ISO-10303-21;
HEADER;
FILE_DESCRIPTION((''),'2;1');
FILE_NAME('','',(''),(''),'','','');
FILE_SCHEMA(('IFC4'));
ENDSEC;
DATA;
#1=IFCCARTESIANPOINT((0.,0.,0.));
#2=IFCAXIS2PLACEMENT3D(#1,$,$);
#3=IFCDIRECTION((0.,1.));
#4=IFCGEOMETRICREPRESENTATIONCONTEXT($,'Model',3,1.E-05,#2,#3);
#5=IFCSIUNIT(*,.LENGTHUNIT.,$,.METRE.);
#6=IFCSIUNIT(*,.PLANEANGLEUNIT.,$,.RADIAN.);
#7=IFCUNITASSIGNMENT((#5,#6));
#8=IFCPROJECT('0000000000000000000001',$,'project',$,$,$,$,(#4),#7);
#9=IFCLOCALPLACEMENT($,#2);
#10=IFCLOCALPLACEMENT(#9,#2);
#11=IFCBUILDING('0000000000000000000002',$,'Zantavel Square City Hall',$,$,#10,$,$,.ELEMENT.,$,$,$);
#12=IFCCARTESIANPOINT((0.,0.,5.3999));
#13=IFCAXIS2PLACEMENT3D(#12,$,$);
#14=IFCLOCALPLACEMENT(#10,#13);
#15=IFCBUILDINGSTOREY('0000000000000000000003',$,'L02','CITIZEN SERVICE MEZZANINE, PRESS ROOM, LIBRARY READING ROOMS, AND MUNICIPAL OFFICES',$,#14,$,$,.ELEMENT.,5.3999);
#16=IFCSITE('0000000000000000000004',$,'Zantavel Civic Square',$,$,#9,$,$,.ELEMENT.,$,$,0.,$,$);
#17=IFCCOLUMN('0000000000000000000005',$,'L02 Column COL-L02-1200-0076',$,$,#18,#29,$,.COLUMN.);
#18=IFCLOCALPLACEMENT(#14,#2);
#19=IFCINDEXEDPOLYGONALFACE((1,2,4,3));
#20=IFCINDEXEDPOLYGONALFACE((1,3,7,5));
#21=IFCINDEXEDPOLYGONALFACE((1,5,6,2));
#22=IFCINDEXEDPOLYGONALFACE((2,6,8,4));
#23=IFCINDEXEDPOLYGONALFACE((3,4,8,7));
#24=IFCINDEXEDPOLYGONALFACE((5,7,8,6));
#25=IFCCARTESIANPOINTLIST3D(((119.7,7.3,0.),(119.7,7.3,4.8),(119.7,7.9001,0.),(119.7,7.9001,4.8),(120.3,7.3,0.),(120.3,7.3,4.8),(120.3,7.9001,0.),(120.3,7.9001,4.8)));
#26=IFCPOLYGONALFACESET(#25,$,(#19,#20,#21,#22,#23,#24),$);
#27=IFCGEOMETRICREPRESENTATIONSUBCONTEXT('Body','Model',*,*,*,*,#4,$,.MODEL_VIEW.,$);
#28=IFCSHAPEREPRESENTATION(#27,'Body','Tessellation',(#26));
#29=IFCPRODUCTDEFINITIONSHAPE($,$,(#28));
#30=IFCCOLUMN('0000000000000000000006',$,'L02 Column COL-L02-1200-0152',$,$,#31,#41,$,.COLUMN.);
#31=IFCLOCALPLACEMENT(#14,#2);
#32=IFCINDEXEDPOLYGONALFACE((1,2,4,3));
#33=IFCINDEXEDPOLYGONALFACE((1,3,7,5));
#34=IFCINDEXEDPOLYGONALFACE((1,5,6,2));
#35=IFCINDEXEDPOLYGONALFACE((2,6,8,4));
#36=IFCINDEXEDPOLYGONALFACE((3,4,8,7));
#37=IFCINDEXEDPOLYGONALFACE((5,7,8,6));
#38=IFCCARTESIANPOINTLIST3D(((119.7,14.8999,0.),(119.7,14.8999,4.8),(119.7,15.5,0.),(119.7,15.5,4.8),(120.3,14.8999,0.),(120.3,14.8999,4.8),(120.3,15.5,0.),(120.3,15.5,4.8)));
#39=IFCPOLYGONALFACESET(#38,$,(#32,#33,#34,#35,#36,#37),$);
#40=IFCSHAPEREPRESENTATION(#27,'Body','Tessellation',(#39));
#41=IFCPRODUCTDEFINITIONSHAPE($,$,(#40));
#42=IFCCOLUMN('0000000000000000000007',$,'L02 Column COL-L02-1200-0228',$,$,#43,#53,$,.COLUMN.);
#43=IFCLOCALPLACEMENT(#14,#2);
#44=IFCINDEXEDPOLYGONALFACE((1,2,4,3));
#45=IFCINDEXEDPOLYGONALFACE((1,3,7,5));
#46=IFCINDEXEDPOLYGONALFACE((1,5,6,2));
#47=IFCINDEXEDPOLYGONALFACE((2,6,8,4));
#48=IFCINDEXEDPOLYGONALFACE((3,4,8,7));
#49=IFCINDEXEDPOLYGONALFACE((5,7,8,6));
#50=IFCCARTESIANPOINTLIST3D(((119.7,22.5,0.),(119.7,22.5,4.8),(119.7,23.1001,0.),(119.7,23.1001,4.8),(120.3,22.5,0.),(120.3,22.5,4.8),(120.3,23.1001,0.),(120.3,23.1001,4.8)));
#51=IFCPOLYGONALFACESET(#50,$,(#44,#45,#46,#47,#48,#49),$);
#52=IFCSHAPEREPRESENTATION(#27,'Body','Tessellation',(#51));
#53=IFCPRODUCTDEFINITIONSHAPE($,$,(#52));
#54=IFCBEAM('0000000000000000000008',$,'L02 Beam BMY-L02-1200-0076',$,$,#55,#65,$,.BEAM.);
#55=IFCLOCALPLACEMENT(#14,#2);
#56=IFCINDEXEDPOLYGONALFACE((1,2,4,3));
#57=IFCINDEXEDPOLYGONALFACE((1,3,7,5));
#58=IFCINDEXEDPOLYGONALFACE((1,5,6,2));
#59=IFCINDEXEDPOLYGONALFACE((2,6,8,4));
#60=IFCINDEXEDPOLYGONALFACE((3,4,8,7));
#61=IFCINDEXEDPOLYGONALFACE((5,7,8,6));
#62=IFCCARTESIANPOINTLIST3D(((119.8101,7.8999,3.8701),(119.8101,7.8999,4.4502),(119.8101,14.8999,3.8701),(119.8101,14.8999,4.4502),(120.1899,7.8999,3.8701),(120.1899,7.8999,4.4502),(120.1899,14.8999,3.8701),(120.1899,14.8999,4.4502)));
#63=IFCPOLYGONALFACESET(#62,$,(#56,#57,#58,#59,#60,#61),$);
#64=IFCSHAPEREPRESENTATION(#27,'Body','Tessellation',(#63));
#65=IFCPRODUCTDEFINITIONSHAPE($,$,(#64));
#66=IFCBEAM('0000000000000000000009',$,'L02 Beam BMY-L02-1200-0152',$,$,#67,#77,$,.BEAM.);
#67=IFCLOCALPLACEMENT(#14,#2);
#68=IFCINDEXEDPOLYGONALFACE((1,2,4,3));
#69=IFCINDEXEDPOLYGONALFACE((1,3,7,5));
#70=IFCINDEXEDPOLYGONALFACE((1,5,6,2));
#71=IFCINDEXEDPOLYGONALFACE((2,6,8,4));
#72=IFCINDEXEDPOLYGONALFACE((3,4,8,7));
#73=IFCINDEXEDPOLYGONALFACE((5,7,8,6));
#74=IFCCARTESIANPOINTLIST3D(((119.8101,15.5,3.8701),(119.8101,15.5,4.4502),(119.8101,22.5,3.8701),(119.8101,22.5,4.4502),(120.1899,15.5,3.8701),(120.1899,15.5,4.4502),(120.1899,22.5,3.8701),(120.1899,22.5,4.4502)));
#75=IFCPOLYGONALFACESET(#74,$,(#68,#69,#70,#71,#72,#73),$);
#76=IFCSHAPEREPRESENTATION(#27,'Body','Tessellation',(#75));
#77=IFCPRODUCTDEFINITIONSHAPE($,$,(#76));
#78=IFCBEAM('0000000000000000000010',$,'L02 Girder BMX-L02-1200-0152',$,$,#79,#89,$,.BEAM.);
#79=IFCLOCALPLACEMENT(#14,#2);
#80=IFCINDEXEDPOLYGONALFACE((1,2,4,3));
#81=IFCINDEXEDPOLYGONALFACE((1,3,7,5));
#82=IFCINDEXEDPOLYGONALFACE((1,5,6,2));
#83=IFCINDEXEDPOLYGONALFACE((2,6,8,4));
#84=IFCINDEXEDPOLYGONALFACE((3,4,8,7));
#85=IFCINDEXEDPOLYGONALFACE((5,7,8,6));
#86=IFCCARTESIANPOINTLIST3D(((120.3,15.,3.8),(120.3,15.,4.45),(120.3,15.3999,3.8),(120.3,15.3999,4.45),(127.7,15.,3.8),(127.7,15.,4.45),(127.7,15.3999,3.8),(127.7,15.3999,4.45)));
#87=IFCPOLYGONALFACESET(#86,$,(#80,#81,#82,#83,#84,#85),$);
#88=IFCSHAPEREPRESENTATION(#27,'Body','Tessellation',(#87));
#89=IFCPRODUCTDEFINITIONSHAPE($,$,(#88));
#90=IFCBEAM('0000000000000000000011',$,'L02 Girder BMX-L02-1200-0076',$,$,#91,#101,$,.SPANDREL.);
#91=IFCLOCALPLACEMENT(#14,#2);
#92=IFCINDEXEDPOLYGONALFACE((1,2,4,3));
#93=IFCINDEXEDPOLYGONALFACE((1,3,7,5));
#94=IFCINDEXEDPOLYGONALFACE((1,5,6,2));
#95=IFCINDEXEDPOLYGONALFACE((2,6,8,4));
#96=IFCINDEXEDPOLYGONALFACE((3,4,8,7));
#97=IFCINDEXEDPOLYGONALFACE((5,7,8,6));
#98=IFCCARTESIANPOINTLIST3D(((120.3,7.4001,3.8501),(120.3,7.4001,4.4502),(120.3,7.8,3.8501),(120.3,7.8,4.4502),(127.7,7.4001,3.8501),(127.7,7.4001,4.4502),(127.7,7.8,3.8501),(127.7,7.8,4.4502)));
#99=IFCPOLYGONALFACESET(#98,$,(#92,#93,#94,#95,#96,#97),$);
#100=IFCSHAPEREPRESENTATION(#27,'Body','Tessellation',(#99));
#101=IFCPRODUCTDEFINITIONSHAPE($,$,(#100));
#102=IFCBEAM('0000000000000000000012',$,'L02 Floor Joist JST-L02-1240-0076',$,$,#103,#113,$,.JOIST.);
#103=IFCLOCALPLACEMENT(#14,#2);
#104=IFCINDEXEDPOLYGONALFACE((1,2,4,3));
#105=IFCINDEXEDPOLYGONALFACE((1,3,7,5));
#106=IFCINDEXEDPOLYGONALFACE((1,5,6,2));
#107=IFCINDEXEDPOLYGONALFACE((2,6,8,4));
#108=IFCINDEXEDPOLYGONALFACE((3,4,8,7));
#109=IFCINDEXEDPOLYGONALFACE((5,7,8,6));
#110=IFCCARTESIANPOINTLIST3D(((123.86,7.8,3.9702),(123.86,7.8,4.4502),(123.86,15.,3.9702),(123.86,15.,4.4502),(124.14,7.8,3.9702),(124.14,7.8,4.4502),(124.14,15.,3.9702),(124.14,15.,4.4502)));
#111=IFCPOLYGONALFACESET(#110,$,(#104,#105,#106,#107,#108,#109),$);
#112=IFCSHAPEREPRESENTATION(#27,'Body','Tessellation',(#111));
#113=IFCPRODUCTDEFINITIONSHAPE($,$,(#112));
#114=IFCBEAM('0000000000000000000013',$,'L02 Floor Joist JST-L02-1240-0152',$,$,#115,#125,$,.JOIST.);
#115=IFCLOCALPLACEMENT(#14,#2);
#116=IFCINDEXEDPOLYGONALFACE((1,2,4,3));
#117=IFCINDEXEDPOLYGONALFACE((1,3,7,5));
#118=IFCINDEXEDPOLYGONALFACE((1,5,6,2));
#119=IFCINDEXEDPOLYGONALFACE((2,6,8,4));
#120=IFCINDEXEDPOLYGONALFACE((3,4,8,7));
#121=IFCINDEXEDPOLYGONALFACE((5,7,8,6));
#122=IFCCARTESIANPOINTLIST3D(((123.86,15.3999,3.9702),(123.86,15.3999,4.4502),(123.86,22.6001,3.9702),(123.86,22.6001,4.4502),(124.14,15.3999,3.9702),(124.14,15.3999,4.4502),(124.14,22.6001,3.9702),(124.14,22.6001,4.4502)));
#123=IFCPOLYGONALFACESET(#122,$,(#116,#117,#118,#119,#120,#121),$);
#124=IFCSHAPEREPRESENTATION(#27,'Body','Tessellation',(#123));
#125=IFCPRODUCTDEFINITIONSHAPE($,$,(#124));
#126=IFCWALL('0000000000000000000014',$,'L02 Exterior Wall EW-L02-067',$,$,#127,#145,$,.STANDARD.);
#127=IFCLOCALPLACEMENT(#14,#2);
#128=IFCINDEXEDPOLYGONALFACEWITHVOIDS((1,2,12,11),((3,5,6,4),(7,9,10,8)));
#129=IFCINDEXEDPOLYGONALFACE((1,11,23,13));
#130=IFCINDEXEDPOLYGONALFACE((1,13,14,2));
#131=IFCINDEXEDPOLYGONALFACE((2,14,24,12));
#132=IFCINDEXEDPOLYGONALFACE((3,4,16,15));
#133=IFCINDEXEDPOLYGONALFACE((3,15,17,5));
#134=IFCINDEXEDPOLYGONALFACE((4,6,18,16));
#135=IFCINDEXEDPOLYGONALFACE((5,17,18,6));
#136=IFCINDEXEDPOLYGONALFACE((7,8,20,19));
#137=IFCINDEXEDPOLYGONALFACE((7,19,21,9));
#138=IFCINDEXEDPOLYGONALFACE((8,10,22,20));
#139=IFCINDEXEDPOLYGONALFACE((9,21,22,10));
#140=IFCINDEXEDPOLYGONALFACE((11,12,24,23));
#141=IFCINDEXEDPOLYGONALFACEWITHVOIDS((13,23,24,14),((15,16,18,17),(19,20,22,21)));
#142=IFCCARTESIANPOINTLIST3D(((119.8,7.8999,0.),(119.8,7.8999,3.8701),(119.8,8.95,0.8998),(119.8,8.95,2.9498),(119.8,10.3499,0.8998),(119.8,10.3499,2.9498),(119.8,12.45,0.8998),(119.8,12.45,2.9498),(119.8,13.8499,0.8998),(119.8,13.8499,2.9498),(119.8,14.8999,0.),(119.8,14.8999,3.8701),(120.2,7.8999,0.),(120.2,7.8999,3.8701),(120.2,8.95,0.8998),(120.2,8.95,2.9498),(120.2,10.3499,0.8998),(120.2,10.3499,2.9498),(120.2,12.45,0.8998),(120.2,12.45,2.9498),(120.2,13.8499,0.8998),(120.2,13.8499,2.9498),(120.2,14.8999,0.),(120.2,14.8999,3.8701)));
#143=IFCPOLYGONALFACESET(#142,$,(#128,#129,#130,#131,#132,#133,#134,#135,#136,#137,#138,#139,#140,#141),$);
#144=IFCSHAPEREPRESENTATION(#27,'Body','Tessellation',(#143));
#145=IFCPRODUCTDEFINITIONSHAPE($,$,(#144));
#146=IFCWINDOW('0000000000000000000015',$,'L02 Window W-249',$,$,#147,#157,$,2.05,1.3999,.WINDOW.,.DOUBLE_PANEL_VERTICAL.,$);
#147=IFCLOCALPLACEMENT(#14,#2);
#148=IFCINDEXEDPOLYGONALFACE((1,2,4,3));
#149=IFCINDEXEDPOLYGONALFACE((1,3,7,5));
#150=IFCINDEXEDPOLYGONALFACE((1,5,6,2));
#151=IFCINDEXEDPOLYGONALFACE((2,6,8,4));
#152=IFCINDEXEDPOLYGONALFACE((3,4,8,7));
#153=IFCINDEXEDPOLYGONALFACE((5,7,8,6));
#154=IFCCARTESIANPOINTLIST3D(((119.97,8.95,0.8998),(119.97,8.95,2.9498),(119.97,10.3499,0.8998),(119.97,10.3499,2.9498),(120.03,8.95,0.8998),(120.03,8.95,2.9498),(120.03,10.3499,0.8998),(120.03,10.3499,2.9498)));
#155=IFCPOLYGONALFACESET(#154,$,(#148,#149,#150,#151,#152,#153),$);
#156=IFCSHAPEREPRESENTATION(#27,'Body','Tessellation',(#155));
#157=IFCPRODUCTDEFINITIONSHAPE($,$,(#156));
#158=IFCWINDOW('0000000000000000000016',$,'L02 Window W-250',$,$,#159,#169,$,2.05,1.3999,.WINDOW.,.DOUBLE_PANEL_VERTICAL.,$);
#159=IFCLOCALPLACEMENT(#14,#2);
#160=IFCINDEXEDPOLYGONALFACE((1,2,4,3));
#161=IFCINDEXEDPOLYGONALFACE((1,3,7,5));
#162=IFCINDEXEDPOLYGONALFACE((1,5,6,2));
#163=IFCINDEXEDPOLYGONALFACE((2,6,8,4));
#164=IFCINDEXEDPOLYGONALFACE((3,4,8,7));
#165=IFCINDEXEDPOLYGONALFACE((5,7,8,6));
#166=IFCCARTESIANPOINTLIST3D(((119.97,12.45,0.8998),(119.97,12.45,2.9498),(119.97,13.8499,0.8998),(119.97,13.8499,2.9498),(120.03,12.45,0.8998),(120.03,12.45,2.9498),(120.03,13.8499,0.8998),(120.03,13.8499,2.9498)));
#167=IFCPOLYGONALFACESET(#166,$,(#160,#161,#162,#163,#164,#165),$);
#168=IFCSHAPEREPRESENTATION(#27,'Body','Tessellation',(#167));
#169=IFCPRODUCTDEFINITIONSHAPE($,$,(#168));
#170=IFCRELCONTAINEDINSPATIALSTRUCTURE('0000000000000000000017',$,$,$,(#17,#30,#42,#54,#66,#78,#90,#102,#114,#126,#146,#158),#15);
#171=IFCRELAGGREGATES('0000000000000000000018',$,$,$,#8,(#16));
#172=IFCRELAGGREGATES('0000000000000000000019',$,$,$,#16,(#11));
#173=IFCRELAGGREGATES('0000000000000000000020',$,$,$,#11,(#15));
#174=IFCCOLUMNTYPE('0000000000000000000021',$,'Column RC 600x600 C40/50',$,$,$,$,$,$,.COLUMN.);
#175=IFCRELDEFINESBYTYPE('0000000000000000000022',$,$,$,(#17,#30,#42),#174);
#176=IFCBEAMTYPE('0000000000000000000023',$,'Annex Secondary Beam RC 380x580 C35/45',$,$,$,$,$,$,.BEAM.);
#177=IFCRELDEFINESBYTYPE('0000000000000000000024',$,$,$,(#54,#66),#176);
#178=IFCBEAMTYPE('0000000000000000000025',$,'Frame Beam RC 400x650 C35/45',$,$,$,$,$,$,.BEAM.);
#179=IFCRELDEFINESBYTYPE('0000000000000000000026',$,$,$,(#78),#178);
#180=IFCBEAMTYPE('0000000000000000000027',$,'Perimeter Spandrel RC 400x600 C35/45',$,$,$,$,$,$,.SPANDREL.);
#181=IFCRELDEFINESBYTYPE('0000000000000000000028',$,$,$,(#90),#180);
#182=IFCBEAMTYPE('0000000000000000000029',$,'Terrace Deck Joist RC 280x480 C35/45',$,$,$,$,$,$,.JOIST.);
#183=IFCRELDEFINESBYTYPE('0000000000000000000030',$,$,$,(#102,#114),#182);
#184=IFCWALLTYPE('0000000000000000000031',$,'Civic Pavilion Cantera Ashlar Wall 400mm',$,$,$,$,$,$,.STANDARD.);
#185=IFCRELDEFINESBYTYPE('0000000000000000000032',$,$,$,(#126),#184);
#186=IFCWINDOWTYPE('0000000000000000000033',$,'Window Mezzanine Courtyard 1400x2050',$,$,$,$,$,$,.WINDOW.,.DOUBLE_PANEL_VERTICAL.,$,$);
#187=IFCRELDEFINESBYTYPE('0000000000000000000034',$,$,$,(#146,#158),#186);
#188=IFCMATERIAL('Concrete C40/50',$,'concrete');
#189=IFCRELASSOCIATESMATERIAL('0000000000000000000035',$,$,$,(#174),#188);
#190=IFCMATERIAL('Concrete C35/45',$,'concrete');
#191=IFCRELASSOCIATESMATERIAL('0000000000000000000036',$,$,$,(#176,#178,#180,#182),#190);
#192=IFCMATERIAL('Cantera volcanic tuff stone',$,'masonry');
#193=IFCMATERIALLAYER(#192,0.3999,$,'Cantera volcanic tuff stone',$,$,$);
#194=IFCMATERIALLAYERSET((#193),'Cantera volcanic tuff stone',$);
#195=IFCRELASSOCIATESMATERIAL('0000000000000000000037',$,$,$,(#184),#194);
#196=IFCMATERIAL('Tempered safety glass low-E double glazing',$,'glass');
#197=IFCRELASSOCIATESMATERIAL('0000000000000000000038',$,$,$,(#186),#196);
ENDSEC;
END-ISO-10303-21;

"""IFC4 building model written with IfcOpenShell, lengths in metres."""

from ifc_helpers import new_model, si_unit, direction, frame, frame_2d, origin, origin_2d, place, context, subcontext, project, spatial, rectangle, extrude, material, layer, layer_set, material_profile, profile_set, type_object, element, fill, save


model = new_model("IFC4")

# Units and contexts
model_context = context("Model", 3, precision=1e-05, world=origin(), true_north=direction((0.0, 1.0)))
body_context = subcontext(model_context, "Body", "Model", "MODEL_VIEW")
ifc_project = project(units=[si_unit("LENGTHUNIT", "METRE"), si_unit("PLANEANGLEUNIT", "RADIAN")], contexts=[model_context])

# Site, building, storey
site_placement = place(None, origin())
site = spatial("IfcSite", under=ifc_project, at=site_placement, Name="Zantavel Civic Square", CompositionType="ELEMENT", RefElevation=0.0)
building_placement = place(site_placement, origin())
building = spatial("IfcBuilding", under=site, at=building_placement, Name="Zantavel Square City Hall", CompositionType="ELEMENT")
storey_placement = place(building_placement, frame((0.0, 0.0, 5.3999)))
storey = spatial("IfcBuildingStorey", under=building, at=storey_placement, Name="L02", Description="CITIZEN SERVICE MEZZANINE, PRESS ROOM, LIBRARY READING ROOMS, AND MUNICIPAL OFFICES", CompositionType="ELEMENT", Elevation=5.3999)

# Columns
ifc_material_1 = material(Name="Concrete C40/50", Category="concrete")
ifc_material_profile_1 = material_profile(ifc_material_1, rectangle(XDim=0.6001, YDim=0.6001, at=origin_2d()), Name="RC 600x600")
ifc_profile_set_1 = profile_set([ifc_material_profile_1], Name="Concrete C40/50")
column_type = type_object("IfcColumnType", Name="Column RC 600x600 C40/50", PredefinedType="COLUMN", material=ifc_profile_set_1)
for number, where, z_axis, x_axis, name in (
    (1, (120.0, 7.6001, 0.0), (0.0, 0.0, 1.0), (1.0, 0.0, 0.0), "L02 Column COL-L02-1200-0076"),
    (2, (120.0, 15.2, 0.0), (0.0, 0.0, 1.0), (1.0, 0.0, 0.0), "L02 Column COL-L02-1200-0152"),
    (3, (120.0, 22.8, 0.0), (0.0, 0.0, 1.0), (1.0, 0.0, 0.0), "L02 Column COL-L02-1200-0228"),
):
    element("IfcColumn", number, at=place(storey_placement, frame(where, z_axis=z_axis, x_axis=x_axis)), inside=storey, type_object=column_type, Name=name, PredefinedType="COLUMN", context=body_context, shape_type="SweptSolid", body=[
        extrude(rectangle(XDim=0.6001, YDim=0.6001, at=origin_2d()), origin(), (0.0, 0.0, 1.0), 4.8),
    ])

# Beams
ifc_material_2 = material(Name="Concrete C35/45", Category="concrete")
ifc_material_profile_2 = material_profile(ifc_material_2, rectangle(XDim=0.3799, YDim=0.5801, at=origin_2d()), Name="RC 380x580")
ifc_profile_set_2 = profile_set([ifc_material_profile_2], Name="Concrete C35/45")
beam_type_1 = type_object("IfcBeamType", Name="Annex Secondary Beam RC 380x580 C35/45", PredefinedType="BEAM", material=ifc_profile_set_2)
for number, where, z_axis, x_axis, name in (
    (4, (120.0, 7.8999, 4.1602), (0.0, 1.0, 0.0), (-1.0, 0.0, 0.0), "L02 Beam BMY-L02-1200-0076"),
    (5, (120.0, 15.5, 4.1602), (0.0, 1.0, 0.0), (-1.0, 0.0, 0.0), "L02 Beam BMY-L02-1200-0152"),
):
    element("IfcBeam", number, at=place(storey_placement, frame(where, z_axis=z_axis, x_axis=x_axis)), inside=storey, type_object=beam_type_1, Name=name, PredefinedType="BEAM", context=body_context, shape_type="SweptSolid", body=[
        extrude(rectangle(XDim=0.3799, YDim=0.5801, at=origin_2d()), origin(), (0.0, 0.0, 1.0), 7.0),
    ])
ifc_material_profile_3 = material_profile(ifc_material_2, rectangle(XDim=0.3999, YDim=0.6499, at=origin_2d()), Name="RC 400x650")
ifc_profile_set_3 = profile_set([ifc_material_profile_3], Name="Concrete C35/45")
beam_type_2 = type_object("IfcBeamType", Name="Frame Beam RC 400x650 C35/45", PredefinedType="BEAM", material=ifc_profile_set_3)
beam_1_placement = place(storey_placement, frame((120.3, 15.2, 4.125), z_axis=(1.0, 0.0, 0.0), x_axis=(0.0, 1.0, 0.0)))
element("IfcBeam", 6, at=beam_1_placement, inside=storey, type_object=beam_type_2, Name="L02 Girder BMX-L02-1200-0152", PredefinedType="BEAM", context=body_context, shape_type="SweptSolid", body=[
    extrude(rectangle(XDim=0.3999, YDim=0.6499, at=origin_2d()), origin(), (0.0, 0.0, 1.0), 7.3999),
])
ifc_material_profile_4 = material_profile(ifc_material_2, rectangle(XDim=0.3999, YDim=0.6001, at=origin_2d()), Name="RC 400x600")
ifc_profile_set_4 = profile_set([ifc_material_profile_4], Name="Concrete C35/45")
beam_type_3 = type_object("IfcBeamType", Name="Perimeter Spandrel RC 400x600 C35/45", PredefinedType="SPANDREL", material=ifc_profile_set_4)
beam_2_placement = place(storey_placement, frame((120.3, 7.6001, 4.1501), z_axis=(1.0, 0.0, 0.0), x_axis=(0.0, 1.0, 0.0)))
element("IfcBeam", 7, at=beam_2_placement, inside=storey, type_object=beam_type_3, Name="L02 Girder BMX-L02-1200-0076", PredefinedType="SPANDREL", context=body_context, shape_type="SweptSolid", body=[
    extrude(rectangle(XDim=0.3999, YDim=0.6001, at=origin_2d()), origin(), (0.0, 0.0, 1.0), 7.3999),
])
ifc_material_profile_5 = material_profile(ifc_material_2, rectangle(XDim=0.28, YDim=0.48, at=origin_2d()), Name="RC 280x480")
ifc_profile_set_5 = profile_set([ifc_material_profile_5], Name="Concrete C35/45")
beam_type_4 = type_object("IfcBeamType", Name="Terrace Deck Joist RC 280x480 C35/45", PredefinedType="JOIST", material=ifc_profile_set_5)
beam_3_placement = place(storey_placement, frame((124.0, 7.8, 4.2102), z_axis=(0.0, 1.0, 0.0), x_axis=(-1.0, 0.0, 0.0)))
element("IfcBeam", 8, at=beam_3_placement, inside=storey, type_object=beam_type_4, Name="L02 Floor Joist JST-L02-1240-0076", PredefinedType="JOIST", context=body_context, shape_type="SweptSolid", body=[
    extrude(rectangle(XDim=0.28, YDim=0.48, at=origin_2d()), origin(), (0.0, 0.0, 1.0), 7.2),
])
beam_4_placement = place(storey_placement, frame((124.0, 15.3999, 4.2102), z_axis=(0.0, 1.0, 0.0), x_axis=(-1.0, 0.0, 0.0)))
element("IfcBeam", 9, at=beam_4_placement, inside=storey, type_object=beam_type_4, Name="L02 Floor Joist JST-L02-1240-0152", PredefinedType="JOIST", context=body_context, shape_type="SweptSolid", body=[
    extrude(rectangle(XDim=0.28, YDim=0.48, at=origin_2d()), origin(), (0.0, 0.0, 1.0), 7.2002),
])

# Wall, openings, windows
ifc_material_3 = material(Name="Cantera volcanic tuff stone", Category="masonry")
ifc_layer_1 = layer(ifc_material_3, 0.3999, Name="Cantera volcanic tuff stone")
ifc_layer_set_1 = layer_set([ifc_layer_1], Name="Cantera volcanic tuff stone")
wall_type_1 = type_object("IfcWallType", Name="Civic Pavilion Cantera Ashlar Wall 400mm", PredefinedType="STANDARD", material=ifc_layer_set_1)
wall_1_placement = place(storey_placement, frame((120.0, 7.8999, 0.0), z_axis=(0.0, 0.0, 1.0), x_axis=(0.0, 1.0, 0.0)))
wall_1 = element("IfcWall", 10, at=wall_1_placement, inside=storey, type_object=wall_type_1, Name="L02 Exterior Wall EW-L02-067", PredefinedType="STANDARD", context=body_context, shape_type="SweptSolid", body=[
    extrude(rectangle(XDim=7.0, YDim=0.3999, at=frame_2d((3.5, 0.0))), origin(), (0.0, 0.0, 1.0), 3.8701),
])
opening_1_placement = place(wall_1_placement, frame((1.05, 0.0, 0.8999)))
opening_1 = element("IfcOpeningElement", 11, at=opening_1_placement, cuts=wall_1, PredefinedType="OPENING", context=body_context, shape_type="SweptSolid", body=[
    extrude(rectangle(XDim=1.3999, YDim=2.05, at=frame_2d((0.7, 1.0249))), frame((0.0, 0.21, 0.0), z_axis=(0.0, -1.0, 0.0), x_axis=(1.0, 0.0, 0.0)), (0.0, 0.0, 1.0), 0.4199),
])
opening_2_placement = place(wall_1_placement, frame((4.55, 0.0, 0.8999)))
opening_2 = element("IfcOpeningElement", 12, at=opening_2_placement, cuts=wall_1, PredefinedType="OPENING", context=body_context, shape_type="SweptSolid", body=[
    extrude(rectangle(XDim=1.3999, YDim=2.05, at=frame_2d((0.7, 1.0249))), frame((0.0, 0.21, 0.0), z_axis=(0.0, -1.0, 0.0), x_axis=(1.0, 0.0, 0.0)), (0.0, 0.0, 1.0), 0.4199),
])
ifc_material_4 = material(Name="Tempered safety glass low-E double glazing", Category="glass")
window_type = type_object("IfcWindowType", Name="Window Mezzanine Courtyard 1400x2050", PartitioningType="DOUBLE_PANEL_VERTICAL", PredefinedType="WINDOW", material=ifc_material_4)
window_1_placement = place(opening_1_placement, origin())
window_1 = element("IfcWindow", 13, at=window_1_placement, inside=storey, type_object=window_type, Name="L02 Window W-249", OverallHeight=2.05, OverallWidth=1.3999, PartitioningType="DOUBLE_PANEL_VERTICAL", PredefinedType="WINDOW", context=body_context, shape_type="SweptSolid", body=[
    extrude(rectangle(XDim=1.3999, YDim=2.05, at=frame_2d((0.7, 1.0249))), frame((0.0, 0.03, 0.0), z_axis=(0.0, -1.0, 0.0), x_axis=(1.0, 0.0, 0.0)), (0.0, 0.0, 1.0), 0.0601),
])
fill(opening_1, window_1)
window_2_placement = place(opening_2_placement, origin())
window_2 = element("IfcWindow", 14, at=window_2_placement, inside=storey, type_object=window_type, Name="L02 Window W-250", OverallHeight=2.05, OverallWidth=1.3999, PartitioningType="DOUBLE_PANEL_VERTICAL", PredefinedType="WINDOW", context=body_context, shape_type="SweptSolid", body=[
    extrude(rectangle(XDim=1.3999, YDim=2.05, at=frame_2d((0.7, 1.0249))), frame((0.0, 0.03, 0.0), z_axis=(0.0, -1.0, 0.0), x_axis=(1.0, 0.0, 0.0)), (0.0, 0.0, 1.0), 0.0601),
])
fill(opening_2, window_2)

save(model, "model.ifc")
